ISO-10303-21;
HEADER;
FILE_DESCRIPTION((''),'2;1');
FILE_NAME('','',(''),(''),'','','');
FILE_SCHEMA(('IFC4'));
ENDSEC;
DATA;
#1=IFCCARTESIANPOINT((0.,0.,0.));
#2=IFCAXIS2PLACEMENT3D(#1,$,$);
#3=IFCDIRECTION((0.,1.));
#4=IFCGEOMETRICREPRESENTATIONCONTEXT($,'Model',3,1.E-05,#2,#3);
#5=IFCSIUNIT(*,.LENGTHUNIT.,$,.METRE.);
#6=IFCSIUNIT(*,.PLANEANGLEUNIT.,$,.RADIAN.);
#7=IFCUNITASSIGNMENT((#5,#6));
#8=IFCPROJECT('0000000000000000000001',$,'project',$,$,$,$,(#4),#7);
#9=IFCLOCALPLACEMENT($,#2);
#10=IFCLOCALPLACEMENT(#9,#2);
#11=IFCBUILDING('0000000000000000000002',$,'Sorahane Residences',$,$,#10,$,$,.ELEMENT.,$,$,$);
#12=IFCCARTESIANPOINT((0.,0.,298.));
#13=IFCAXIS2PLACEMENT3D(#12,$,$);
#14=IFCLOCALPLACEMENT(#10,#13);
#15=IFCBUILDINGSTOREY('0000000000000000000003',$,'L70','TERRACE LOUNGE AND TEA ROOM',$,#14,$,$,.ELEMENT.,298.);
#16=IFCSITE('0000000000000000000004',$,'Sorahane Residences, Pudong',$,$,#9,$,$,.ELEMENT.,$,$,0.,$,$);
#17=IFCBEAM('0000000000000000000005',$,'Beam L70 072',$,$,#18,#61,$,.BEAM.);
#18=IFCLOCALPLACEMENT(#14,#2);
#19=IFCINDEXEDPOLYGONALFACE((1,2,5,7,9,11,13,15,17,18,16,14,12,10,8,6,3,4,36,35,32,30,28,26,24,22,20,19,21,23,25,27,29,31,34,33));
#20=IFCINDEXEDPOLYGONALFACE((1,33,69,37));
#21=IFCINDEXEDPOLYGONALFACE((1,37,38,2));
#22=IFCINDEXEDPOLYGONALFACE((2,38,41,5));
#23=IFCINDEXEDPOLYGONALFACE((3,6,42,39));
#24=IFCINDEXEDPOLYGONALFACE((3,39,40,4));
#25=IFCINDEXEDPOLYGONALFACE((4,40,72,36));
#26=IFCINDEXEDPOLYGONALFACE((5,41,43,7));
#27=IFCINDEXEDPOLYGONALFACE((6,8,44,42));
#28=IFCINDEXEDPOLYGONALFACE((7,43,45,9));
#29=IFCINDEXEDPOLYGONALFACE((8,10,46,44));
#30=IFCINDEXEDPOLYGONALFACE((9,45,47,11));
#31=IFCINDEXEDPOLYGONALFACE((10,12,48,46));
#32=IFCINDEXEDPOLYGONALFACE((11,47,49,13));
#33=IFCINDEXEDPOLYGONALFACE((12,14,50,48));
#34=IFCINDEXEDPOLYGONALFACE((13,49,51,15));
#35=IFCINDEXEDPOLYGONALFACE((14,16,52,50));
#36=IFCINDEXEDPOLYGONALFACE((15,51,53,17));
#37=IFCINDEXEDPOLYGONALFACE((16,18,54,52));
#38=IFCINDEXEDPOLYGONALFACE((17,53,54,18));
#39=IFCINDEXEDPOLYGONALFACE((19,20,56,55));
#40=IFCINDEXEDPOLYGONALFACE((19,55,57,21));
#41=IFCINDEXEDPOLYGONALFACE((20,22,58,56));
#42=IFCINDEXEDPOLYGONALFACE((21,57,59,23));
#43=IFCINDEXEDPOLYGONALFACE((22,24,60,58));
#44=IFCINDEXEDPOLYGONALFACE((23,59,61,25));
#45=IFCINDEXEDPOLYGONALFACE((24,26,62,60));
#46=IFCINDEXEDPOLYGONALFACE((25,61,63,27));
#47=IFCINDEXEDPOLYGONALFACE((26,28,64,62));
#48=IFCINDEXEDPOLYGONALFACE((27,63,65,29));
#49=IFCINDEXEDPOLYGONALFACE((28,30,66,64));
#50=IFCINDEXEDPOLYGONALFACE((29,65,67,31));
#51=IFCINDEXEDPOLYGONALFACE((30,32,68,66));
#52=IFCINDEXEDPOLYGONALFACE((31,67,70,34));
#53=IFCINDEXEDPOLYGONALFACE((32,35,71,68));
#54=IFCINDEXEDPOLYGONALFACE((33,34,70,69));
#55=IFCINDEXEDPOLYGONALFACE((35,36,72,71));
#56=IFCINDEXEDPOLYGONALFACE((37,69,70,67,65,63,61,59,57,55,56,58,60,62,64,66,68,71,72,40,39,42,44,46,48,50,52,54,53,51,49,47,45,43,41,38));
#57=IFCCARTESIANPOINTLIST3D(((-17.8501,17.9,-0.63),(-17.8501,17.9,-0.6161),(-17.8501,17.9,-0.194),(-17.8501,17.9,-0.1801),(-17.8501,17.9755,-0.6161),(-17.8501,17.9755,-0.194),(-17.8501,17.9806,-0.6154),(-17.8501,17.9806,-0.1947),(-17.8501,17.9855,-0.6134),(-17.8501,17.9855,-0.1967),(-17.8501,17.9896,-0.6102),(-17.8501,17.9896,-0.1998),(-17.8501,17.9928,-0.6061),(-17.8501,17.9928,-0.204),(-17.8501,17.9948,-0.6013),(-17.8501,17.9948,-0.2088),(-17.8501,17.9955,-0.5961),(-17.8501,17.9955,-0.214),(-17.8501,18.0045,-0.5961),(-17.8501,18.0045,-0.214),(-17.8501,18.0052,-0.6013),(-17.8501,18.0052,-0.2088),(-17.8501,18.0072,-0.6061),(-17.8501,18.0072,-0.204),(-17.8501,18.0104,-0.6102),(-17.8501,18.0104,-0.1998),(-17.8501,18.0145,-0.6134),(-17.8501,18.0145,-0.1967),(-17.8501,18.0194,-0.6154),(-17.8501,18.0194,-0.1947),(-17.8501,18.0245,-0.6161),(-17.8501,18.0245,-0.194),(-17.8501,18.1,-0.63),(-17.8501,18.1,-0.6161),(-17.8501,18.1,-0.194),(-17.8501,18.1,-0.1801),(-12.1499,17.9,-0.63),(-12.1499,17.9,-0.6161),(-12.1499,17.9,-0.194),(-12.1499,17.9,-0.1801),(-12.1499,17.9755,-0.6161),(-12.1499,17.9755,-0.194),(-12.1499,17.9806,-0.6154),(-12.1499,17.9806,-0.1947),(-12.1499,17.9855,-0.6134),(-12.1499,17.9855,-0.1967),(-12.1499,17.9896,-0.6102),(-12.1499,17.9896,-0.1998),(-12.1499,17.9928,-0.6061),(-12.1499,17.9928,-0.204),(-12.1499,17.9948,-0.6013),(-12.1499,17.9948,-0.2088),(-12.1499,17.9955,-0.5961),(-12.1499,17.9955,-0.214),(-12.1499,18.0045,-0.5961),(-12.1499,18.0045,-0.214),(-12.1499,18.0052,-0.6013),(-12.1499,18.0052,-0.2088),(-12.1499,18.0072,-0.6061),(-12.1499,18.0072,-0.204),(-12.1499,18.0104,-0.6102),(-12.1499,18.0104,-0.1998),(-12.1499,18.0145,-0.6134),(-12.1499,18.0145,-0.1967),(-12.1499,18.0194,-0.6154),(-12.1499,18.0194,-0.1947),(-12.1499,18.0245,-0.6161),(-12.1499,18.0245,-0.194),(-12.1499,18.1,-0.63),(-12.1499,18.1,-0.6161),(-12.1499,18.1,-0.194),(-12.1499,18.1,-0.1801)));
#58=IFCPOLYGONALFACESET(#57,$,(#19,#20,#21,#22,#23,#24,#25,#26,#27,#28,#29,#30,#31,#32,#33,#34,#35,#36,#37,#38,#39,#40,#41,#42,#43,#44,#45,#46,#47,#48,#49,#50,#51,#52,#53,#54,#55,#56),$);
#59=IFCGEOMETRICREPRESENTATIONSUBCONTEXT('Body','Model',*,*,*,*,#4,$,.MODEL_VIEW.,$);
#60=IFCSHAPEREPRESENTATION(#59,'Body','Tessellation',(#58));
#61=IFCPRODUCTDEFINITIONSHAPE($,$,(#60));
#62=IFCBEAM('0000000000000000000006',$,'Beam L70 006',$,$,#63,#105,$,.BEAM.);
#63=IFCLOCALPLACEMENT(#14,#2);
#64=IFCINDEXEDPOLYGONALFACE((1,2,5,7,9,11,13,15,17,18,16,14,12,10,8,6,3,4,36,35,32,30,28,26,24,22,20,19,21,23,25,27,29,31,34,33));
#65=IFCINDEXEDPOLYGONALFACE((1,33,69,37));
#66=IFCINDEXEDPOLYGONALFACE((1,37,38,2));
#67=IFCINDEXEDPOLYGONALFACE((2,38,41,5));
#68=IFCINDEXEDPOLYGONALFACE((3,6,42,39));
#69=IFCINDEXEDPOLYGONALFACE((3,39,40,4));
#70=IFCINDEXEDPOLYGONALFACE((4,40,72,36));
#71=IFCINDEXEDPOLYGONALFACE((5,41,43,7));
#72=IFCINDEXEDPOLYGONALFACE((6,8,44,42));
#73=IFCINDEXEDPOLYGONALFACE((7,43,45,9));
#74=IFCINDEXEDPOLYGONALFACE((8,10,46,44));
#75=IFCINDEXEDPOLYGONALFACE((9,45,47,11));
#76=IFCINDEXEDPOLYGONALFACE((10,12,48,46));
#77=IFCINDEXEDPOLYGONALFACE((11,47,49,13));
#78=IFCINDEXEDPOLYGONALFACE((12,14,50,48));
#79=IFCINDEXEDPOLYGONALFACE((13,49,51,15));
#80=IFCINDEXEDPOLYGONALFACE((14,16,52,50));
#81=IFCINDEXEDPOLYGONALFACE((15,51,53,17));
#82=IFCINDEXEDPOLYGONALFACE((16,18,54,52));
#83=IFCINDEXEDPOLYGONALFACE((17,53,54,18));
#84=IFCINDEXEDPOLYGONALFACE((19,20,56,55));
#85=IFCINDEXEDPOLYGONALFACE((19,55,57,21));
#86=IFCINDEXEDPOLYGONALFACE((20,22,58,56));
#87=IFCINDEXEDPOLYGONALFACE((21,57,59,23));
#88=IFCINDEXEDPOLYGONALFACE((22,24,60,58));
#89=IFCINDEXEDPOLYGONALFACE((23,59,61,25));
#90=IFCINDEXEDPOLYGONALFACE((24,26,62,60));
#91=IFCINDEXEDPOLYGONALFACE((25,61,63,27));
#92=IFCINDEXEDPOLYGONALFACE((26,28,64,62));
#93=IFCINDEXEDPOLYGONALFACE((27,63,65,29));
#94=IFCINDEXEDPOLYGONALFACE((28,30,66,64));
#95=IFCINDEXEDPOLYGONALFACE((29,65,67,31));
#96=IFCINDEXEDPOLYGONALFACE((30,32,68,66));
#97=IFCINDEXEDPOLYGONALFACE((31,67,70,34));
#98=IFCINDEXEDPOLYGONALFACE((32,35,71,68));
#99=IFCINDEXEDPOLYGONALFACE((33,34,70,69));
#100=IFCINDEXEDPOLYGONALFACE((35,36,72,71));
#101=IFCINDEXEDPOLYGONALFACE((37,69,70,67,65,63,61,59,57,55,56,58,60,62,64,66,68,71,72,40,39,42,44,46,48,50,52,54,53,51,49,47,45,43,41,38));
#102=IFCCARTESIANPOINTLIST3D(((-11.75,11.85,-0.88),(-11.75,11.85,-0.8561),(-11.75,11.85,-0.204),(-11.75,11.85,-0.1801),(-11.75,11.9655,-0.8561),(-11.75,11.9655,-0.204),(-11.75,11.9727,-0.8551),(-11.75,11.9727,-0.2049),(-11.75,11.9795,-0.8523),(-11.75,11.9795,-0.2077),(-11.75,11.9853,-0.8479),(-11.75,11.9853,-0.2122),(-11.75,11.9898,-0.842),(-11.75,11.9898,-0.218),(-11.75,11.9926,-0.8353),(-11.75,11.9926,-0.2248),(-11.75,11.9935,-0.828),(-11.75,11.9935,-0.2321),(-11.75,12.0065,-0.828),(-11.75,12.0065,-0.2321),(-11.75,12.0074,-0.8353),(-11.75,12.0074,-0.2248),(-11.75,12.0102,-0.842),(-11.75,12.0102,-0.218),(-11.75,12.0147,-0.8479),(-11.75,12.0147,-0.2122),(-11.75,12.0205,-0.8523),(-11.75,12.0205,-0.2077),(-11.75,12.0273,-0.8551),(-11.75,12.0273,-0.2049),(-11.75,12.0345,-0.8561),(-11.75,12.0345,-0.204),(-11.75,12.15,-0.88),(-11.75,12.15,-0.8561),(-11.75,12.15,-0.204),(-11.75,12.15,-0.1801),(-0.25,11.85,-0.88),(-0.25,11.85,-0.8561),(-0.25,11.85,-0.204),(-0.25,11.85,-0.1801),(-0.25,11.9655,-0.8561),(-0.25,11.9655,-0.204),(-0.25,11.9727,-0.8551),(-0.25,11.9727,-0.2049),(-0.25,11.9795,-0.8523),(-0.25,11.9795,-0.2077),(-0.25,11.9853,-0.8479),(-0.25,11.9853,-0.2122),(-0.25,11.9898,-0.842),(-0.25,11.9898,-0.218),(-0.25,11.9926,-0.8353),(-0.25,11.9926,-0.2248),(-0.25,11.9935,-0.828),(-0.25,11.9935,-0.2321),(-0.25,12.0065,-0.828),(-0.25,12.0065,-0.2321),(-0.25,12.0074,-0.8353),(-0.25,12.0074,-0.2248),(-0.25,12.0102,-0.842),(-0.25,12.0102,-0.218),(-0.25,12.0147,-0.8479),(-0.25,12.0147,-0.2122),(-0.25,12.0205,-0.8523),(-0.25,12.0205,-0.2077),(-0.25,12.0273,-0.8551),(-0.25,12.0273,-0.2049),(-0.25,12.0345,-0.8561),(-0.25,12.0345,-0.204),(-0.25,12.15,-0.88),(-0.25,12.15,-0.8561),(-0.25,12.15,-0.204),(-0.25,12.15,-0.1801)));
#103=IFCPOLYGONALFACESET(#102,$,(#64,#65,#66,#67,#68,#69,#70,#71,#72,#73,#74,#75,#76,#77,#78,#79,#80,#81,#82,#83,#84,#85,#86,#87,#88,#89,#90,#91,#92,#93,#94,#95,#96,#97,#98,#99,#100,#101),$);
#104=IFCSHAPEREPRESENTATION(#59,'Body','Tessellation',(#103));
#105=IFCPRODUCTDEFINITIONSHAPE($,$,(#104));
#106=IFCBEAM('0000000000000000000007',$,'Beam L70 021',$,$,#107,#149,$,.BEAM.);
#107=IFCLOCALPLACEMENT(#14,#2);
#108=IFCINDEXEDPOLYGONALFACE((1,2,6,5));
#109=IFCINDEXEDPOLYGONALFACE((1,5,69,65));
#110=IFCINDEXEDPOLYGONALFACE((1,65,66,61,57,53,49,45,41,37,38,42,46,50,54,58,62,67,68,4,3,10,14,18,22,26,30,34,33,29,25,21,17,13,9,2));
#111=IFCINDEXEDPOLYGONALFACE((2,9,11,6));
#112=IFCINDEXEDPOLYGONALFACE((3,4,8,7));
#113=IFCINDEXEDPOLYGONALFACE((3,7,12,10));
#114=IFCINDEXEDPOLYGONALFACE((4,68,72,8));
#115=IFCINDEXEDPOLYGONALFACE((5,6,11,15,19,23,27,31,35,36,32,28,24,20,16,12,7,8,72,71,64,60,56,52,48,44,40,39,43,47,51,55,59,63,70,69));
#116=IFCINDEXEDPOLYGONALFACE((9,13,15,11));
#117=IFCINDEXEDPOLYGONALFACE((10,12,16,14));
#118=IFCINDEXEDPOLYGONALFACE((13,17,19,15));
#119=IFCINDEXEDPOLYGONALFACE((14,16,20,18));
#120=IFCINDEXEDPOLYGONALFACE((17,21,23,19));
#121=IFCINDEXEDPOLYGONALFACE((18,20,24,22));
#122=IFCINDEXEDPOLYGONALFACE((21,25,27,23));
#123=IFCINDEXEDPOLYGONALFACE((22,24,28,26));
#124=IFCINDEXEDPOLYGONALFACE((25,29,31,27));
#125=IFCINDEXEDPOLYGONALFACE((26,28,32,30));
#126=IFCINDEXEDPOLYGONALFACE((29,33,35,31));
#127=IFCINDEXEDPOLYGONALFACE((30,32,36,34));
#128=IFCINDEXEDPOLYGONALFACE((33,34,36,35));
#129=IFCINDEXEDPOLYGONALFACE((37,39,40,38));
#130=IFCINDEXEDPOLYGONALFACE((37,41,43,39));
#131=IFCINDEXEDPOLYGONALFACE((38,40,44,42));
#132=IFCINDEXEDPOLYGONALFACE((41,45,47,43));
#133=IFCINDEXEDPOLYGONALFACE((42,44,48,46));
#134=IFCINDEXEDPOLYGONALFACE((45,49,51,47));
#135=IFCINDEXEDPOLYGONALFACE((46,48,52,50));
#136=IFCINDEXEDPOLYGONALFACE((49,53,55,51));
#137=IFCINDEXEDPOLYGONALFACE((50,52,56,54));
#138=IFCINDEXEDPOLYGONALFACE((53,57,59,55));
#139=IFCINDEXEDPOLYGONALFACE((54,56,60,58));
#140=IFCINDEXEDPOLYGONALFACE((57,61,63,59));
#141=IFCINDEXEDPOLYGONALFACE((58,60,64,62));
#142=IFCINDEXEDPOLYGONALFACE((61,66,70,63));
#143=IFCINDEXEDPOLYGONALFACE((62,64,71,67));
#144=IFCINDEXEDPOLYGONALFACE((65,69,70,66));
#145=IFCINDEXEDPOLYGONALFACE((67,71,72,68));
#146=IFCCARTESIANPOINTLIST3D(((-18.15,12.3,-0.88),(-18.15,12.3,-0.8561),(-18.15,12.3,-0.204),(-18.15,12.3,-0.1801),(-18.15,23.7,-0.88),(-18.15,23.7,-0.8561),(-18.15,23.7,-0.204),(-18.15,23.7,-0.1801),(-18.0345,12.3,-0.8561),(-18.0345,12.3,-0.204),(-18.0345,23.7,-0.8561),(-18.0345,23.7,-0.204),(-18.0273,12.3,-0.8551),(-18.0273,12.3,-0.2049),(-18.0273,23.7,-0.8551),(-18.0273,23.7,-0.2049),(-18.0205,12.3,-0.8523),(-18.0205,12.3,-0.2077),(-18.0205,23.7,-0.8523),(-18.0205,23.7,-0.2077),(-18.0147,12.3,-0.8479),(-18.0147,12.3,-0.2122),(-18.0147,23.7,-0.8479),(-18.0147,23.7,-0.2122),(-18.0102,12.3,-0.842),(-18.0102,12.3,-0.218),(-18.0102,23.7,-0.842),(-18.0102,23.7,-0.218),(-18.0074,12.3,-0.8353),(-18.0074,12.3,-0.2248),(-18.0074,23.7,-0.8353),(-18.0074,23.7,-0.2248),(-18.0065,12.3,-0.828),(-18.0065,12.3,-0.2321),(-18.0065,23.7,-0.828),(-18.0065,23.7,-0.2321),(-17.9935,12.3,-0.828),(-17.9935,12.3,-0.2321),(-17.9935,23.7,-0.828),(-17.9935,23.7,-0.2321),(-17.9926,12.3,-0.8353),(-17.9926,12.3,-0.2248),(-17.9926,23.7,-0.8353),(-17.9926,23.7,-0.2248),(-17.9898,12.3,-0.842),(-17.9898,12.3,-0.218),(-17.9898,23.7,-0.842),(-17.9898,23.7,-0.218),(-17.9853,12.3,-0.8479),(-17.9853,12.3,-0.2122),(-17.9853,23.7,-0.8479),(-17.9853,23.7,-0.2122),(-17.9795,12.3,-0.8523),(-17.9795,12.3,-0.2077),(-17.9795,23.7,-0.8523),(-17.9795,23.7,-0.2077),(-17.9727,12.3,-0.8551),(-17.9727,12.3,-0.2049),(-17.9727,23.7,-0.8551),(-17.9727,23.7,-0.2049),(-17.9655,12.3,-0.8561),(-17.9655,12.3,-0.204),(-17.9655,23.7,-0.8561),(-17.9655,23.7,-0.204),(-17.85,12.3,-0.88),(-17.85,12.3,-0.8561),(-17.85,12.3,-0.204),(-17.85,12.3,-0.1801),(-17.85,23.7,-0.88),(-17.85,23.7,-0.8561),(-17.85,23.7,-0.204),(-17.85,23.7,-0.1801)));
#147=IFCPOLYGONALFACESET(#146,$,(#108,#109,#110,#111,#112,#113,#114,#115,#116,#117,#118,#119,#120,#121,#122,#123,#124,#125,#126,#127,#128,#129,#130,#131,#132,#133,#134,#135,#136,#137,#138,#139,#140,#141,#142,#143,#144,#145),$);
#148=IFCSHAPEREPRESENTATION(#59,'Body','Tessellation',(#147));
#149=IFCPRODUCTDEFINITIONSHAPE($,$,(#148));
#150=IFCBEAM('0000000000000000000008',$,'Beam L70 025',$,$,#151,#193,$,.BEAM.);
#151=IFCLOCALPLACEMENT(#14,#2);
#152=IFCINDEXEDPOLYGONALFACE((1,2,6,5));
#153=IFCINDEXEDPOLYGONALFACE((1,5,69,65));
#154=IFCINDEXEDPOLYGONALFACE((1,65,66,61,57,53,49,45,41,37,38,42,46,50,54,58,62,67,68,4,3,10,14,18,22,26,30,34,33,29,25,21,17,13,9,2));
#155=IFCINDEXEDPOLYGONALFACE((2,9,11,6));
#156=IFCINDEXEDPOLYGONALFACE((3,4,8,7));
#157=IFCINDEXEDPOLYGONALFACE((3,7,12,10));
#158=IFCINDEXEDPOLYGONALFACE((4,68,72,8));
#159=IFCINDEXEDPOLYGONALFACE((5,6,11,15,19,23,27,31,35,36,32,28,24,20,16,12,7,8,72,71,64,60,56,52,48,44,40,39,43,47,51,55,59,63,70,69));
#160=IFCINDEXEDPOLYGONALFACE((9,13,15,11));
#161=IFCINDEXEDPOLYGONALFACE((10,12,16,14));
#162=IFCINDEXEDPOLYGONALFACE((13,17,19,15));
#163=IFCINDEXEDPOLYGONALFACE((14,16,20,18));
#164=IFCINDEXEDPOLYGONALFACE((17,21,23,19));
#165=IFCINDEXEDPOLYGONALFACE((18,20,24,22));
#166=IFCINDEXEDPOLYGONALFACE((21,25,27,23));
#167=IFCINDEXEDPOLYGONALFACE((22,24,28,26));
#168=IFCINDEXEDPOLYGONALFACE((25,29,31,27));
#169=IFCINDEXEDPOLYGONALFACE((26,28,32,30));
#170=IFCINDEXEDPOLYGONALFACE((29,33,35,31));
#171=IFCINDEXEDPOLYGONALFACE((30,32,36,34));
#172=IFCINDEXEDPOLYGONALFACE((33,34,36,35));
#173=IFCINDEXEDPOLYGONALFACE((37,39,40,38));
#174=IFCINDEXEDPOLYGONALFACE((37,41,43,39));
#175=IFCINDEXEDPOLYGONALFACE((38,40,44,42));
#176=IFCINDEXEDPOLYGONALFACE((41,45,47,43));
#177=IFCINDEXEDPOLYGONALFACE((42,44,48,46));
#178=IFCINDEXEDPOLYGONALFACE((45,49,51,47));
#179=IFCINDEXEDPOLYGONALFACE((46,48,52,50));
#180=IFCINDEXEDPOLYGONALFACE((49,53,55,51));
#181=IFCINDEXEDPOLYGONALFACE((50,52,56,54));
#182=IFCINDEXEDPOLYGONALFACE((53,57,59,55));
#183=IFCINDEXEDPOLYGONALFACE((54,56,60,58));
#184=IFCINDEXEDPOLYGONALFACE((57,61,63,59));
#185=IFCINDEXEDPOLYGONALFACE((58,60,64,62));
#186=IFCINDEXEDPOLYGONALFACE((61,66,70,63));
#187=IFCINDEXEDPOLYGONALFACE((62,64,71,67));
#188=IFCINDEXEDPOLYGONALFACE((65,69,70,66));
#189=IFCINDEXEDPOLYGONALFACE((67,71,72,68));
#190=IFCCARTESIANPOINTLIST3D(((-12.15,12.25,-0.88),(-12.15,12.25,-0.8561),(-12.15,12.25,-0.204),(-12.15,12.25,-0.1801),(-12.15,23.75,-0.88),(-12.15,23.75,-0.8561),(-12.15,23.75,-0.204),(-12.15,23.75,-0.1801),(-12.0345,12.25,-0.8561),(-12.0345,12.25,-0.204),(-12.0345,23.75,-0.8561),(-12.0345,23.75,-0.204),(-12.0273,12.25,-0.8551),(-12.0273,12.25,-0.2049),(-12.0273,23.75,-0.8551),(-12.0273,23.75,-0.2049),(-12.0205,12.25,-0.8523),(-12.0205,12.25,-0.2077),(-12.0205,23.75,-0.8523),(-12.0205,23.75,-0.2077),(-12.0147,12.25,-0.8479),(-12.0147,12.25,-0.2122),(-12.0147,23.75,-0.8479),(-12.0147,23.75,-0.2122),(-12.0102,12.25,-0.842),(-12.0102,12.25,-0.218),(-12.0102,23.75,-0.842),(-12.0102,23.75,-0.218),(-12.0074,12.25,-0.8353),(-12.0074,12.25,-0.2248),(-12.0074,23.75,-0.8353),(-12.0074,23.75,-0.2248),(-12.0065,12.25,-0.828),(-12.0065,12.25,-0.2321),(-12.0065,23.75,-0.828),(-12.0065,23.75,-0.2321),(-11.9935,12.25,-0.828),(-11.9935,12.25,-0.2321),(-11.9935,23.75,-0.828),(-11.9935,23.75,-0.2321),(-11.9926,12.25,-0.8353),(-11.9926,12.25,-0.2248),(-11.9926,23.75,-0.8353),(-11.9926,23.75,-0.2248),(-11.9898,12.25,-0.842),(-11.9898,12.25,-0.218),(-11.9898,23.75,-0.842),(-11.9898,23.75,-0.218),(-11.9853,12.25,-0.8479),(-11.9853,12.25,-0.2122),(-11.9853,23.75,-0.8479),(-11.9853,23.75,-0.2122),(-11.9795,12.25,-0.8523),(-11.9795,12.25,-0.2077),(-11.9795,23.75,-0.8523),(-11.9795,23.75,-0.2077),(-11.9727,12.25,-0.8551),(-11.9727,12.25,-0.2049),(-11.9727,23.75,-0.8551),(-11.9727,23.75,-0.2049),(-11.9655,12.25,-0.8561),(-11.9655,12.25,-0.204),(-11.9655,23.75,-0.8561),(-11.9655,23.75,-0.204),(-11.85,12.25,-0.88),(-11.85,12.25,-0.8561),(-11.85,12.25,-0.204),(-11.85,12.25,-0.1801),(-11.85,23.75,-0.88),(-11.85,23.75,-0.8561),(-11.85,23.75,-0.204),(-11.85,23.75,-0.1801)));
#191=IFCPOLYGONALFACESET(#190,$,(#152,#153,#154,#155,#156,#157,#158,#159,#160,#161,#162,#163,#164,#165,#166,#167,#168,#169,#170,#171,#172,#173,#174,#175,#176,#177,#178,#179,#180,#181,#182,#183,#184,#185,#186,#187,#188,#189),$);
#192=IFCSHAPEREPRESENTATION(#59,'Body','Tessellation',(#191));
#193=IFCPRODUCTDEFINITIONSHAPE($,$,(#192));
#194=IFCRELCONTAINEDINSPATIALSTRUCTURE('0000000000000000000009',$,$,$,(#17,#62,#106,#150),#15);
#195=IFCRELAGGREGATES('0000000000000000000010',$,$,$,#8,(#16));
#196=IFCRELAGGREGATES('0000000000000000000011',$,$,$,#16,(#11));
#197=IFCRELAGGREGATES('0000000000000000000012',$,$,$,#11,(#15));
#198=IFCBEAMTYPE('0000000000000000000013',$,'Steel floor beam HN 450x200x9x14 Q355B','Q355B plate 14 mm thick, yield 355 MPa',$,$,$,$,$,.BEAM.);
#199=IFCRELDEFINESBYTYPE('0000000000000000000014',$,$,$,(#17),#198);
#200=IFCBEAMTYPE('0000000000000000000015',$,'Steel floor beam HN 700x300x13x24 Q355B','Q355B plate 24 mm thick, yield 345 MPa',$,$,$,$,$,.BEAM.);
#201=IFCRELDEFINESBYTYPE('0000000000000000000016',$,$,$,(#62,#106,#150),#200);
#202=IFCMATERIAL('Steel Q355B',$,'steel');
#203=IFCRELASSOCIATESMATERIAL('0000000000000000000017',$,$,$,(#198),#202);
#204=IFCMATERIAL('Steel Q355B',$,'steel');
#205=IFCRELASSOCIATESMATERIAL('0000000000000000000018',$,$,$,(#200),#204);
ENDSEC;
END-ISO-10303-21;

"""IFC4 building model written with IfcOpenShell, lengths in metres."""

from ifc_helpers import new_model, si_unit, direction, frame, origin, origin_2d, place, context, subcontext, project, spatial, i_section, extrude, material, material_profile, profile_set, type_object, element, save


model = new_model("IFC4")

# Units and contexts
model_context = context("Model", 3, precision=1e-05, world=origin(), true_north=direction((0.0, 1.0)))
body_context = subcontext(model_context, "Body", "Model", "MODEL_VIEW")
ifc_project = project(units=[si_unit("LENGTHUNIT", "METRE"), si_unit("PLANEANGLEUNIT", "RADIAN")], contexts=[model_context])

# Site, building, storey
site_placement = place(None, origin())
site = spatial("IfcSite", under=ifc_project, at=site_placement, Name="Sorahane Residences, Pudong", CompositionType="ELEMENT", RefElevation=0.0)
building_placement = place(site_placement, origin())
building = spatial("IfcBuilding", under=site, at=building_placement, Name="Sorahane Residences", CompositionType="ELEMENT")
storey_placement = place(building_placement, frame((0.0, 0.0, 298.0)))
storey = spatial("IfcBuildingStorey", under=building, at=storey_placement, Name="L70", Description="TERRACE LOUNGE AND TEA ROOM", CompositionType="ELEMENT", Elevation=298.0)

# Beams
ifc_material_1 = material(Name="Steel Q355B", Category="steel")
ifc_material_profile_1 = material_profile(ifc_material_1, i_section(OverallWidth=0.2, OverallDepth=0.45, WebThickness=0.009, FlangeThickness=0.0139, FilletRadius=0.02, at=origin_2d()), Name="HN 450x200x9x14")
ifc_profile_set_1 = profile_set([ifc_material_profile_1], Name="Steel Q355B")
beam_type_1 = type_object("IfcBeamType", Name="Steel floor beam HN 450x200x9x14 Q355B", Description="Q355B plate 14 mm thick, yield 355 MPa", PredefinedType="BEAM", material=ifc_profile_set_1)
beam_1_placement = place(storey_placement, frame((-17.8501, 18.0, -0.405), z_axis=(1.0, 0.0, 0.0), x_axis=(0.0, 1.0, 0.0)))
element("IfcBeam", 1, at=beam_1_placement, inside=storey, type_object=beam_type_1, Name="Beam L70 072", PredefinedType="BEAM", context=body_context, shape_type="SweptSolid", body=[
    extrude(i_section(OverallWidth=0.2, OverallDepth=0.45, WebThickness=0.009, FlangeThickness=0.0139, FilletRadius=0.02, at=origin_2d()), origin(), (0.0, 0.0, 1.0), 5.7002),
])
ifc_material_2 = material(Name="Steel Q355B", Category="steel")
ifc_material_profile_2 = material_profile(ifc_material_2, i_section(OverallWidth=0.3, OverallDepth=0.7, WebThickness=0.0129, FlangeThickness=0.0239, FilletRadius=0.0281, at=origin_2d()), Name="HN 700x300x13x24")
ifc_profile_set_2 = profile_set([ifc_material_profile_2], Name="Steel Q355B")
beam_type_2 = type_object("IfcBeamType", Name="Steel floor beam HN 700x300x13x24 Q355B", Description="Q355B plate 24 mm thick, yield 345 MPa", PredefinedType="BEAM", material=ifc_profile_set_2)
beam_2_placement = place(storey_placement, frame((-11.75, 12.0, -0.53), z_axis=(1.0, 0.0, 0.0), x_axis=(0.0, 1.0, 0.0)))
element("IfcBeam", 2, at=beam_2_placement, inside=storey, type_object=beam_type_2, Name="Beam L70 006", PredefinedType="BEAM", context=body_context, shape_type="SweptSolid", body=[
    extrude(i_section(OverallWidth=0.3, OverallDepth=0.7, WebThickness=0.0129, FlangeThickness=0.0239, FilletRadius=0.0281, at=origin_2d()), origin(), (0.0, 0.0, 1.0), 11.5),
])
beam_3_placement = place(storey_placement, frame((-18.0, 12.3, -0.53), z_axis=(0.0, 1.0, 0.0), x_axis=(-1.0, 0.0, 0.0)))
element("IfcBeam", 3, at=beam_3_placement, inside=storey, type_object=beam_type_2, Name="Beam L70 021", PredefinedType="BEAM", context=body_context, shape_type="SweptSolid", body=[
    extrude(i_section(OverallWidth=0.3, OverallDepth=0.7, WebThickness=0.0129, FlangeThickness=0.0239, FilletRadius=0.0281, at=origin_2d()), origin(), (0.0, 0.0, 1.0), 11.3999),
])
beam_4_placement = place(storey_placement, frame((-12.0, 12.25, -0.53), z_axis=(0.0, 1.0, 0.0), x_axis=(-1.0, 0.0, 0.0)))
element("IfcBeam", 4, at=beam_4_placement, inside=storey, type_object=beam_type_2, Name="Beam L70 025", PredefinedType="BEAM", context=body_context, shape_type="SweptSolid", body=[
    extrude(i_section(OverallWidth=0.3, OverallDepth=0.7, WebThickness=0.0129, FlangeThickness=0.0239, FilletRadius=0.0281, at=origin_2d()), origin(), (0.0, 0.0, 1.0), 11.5),
])

save(model, "model.ifc")
